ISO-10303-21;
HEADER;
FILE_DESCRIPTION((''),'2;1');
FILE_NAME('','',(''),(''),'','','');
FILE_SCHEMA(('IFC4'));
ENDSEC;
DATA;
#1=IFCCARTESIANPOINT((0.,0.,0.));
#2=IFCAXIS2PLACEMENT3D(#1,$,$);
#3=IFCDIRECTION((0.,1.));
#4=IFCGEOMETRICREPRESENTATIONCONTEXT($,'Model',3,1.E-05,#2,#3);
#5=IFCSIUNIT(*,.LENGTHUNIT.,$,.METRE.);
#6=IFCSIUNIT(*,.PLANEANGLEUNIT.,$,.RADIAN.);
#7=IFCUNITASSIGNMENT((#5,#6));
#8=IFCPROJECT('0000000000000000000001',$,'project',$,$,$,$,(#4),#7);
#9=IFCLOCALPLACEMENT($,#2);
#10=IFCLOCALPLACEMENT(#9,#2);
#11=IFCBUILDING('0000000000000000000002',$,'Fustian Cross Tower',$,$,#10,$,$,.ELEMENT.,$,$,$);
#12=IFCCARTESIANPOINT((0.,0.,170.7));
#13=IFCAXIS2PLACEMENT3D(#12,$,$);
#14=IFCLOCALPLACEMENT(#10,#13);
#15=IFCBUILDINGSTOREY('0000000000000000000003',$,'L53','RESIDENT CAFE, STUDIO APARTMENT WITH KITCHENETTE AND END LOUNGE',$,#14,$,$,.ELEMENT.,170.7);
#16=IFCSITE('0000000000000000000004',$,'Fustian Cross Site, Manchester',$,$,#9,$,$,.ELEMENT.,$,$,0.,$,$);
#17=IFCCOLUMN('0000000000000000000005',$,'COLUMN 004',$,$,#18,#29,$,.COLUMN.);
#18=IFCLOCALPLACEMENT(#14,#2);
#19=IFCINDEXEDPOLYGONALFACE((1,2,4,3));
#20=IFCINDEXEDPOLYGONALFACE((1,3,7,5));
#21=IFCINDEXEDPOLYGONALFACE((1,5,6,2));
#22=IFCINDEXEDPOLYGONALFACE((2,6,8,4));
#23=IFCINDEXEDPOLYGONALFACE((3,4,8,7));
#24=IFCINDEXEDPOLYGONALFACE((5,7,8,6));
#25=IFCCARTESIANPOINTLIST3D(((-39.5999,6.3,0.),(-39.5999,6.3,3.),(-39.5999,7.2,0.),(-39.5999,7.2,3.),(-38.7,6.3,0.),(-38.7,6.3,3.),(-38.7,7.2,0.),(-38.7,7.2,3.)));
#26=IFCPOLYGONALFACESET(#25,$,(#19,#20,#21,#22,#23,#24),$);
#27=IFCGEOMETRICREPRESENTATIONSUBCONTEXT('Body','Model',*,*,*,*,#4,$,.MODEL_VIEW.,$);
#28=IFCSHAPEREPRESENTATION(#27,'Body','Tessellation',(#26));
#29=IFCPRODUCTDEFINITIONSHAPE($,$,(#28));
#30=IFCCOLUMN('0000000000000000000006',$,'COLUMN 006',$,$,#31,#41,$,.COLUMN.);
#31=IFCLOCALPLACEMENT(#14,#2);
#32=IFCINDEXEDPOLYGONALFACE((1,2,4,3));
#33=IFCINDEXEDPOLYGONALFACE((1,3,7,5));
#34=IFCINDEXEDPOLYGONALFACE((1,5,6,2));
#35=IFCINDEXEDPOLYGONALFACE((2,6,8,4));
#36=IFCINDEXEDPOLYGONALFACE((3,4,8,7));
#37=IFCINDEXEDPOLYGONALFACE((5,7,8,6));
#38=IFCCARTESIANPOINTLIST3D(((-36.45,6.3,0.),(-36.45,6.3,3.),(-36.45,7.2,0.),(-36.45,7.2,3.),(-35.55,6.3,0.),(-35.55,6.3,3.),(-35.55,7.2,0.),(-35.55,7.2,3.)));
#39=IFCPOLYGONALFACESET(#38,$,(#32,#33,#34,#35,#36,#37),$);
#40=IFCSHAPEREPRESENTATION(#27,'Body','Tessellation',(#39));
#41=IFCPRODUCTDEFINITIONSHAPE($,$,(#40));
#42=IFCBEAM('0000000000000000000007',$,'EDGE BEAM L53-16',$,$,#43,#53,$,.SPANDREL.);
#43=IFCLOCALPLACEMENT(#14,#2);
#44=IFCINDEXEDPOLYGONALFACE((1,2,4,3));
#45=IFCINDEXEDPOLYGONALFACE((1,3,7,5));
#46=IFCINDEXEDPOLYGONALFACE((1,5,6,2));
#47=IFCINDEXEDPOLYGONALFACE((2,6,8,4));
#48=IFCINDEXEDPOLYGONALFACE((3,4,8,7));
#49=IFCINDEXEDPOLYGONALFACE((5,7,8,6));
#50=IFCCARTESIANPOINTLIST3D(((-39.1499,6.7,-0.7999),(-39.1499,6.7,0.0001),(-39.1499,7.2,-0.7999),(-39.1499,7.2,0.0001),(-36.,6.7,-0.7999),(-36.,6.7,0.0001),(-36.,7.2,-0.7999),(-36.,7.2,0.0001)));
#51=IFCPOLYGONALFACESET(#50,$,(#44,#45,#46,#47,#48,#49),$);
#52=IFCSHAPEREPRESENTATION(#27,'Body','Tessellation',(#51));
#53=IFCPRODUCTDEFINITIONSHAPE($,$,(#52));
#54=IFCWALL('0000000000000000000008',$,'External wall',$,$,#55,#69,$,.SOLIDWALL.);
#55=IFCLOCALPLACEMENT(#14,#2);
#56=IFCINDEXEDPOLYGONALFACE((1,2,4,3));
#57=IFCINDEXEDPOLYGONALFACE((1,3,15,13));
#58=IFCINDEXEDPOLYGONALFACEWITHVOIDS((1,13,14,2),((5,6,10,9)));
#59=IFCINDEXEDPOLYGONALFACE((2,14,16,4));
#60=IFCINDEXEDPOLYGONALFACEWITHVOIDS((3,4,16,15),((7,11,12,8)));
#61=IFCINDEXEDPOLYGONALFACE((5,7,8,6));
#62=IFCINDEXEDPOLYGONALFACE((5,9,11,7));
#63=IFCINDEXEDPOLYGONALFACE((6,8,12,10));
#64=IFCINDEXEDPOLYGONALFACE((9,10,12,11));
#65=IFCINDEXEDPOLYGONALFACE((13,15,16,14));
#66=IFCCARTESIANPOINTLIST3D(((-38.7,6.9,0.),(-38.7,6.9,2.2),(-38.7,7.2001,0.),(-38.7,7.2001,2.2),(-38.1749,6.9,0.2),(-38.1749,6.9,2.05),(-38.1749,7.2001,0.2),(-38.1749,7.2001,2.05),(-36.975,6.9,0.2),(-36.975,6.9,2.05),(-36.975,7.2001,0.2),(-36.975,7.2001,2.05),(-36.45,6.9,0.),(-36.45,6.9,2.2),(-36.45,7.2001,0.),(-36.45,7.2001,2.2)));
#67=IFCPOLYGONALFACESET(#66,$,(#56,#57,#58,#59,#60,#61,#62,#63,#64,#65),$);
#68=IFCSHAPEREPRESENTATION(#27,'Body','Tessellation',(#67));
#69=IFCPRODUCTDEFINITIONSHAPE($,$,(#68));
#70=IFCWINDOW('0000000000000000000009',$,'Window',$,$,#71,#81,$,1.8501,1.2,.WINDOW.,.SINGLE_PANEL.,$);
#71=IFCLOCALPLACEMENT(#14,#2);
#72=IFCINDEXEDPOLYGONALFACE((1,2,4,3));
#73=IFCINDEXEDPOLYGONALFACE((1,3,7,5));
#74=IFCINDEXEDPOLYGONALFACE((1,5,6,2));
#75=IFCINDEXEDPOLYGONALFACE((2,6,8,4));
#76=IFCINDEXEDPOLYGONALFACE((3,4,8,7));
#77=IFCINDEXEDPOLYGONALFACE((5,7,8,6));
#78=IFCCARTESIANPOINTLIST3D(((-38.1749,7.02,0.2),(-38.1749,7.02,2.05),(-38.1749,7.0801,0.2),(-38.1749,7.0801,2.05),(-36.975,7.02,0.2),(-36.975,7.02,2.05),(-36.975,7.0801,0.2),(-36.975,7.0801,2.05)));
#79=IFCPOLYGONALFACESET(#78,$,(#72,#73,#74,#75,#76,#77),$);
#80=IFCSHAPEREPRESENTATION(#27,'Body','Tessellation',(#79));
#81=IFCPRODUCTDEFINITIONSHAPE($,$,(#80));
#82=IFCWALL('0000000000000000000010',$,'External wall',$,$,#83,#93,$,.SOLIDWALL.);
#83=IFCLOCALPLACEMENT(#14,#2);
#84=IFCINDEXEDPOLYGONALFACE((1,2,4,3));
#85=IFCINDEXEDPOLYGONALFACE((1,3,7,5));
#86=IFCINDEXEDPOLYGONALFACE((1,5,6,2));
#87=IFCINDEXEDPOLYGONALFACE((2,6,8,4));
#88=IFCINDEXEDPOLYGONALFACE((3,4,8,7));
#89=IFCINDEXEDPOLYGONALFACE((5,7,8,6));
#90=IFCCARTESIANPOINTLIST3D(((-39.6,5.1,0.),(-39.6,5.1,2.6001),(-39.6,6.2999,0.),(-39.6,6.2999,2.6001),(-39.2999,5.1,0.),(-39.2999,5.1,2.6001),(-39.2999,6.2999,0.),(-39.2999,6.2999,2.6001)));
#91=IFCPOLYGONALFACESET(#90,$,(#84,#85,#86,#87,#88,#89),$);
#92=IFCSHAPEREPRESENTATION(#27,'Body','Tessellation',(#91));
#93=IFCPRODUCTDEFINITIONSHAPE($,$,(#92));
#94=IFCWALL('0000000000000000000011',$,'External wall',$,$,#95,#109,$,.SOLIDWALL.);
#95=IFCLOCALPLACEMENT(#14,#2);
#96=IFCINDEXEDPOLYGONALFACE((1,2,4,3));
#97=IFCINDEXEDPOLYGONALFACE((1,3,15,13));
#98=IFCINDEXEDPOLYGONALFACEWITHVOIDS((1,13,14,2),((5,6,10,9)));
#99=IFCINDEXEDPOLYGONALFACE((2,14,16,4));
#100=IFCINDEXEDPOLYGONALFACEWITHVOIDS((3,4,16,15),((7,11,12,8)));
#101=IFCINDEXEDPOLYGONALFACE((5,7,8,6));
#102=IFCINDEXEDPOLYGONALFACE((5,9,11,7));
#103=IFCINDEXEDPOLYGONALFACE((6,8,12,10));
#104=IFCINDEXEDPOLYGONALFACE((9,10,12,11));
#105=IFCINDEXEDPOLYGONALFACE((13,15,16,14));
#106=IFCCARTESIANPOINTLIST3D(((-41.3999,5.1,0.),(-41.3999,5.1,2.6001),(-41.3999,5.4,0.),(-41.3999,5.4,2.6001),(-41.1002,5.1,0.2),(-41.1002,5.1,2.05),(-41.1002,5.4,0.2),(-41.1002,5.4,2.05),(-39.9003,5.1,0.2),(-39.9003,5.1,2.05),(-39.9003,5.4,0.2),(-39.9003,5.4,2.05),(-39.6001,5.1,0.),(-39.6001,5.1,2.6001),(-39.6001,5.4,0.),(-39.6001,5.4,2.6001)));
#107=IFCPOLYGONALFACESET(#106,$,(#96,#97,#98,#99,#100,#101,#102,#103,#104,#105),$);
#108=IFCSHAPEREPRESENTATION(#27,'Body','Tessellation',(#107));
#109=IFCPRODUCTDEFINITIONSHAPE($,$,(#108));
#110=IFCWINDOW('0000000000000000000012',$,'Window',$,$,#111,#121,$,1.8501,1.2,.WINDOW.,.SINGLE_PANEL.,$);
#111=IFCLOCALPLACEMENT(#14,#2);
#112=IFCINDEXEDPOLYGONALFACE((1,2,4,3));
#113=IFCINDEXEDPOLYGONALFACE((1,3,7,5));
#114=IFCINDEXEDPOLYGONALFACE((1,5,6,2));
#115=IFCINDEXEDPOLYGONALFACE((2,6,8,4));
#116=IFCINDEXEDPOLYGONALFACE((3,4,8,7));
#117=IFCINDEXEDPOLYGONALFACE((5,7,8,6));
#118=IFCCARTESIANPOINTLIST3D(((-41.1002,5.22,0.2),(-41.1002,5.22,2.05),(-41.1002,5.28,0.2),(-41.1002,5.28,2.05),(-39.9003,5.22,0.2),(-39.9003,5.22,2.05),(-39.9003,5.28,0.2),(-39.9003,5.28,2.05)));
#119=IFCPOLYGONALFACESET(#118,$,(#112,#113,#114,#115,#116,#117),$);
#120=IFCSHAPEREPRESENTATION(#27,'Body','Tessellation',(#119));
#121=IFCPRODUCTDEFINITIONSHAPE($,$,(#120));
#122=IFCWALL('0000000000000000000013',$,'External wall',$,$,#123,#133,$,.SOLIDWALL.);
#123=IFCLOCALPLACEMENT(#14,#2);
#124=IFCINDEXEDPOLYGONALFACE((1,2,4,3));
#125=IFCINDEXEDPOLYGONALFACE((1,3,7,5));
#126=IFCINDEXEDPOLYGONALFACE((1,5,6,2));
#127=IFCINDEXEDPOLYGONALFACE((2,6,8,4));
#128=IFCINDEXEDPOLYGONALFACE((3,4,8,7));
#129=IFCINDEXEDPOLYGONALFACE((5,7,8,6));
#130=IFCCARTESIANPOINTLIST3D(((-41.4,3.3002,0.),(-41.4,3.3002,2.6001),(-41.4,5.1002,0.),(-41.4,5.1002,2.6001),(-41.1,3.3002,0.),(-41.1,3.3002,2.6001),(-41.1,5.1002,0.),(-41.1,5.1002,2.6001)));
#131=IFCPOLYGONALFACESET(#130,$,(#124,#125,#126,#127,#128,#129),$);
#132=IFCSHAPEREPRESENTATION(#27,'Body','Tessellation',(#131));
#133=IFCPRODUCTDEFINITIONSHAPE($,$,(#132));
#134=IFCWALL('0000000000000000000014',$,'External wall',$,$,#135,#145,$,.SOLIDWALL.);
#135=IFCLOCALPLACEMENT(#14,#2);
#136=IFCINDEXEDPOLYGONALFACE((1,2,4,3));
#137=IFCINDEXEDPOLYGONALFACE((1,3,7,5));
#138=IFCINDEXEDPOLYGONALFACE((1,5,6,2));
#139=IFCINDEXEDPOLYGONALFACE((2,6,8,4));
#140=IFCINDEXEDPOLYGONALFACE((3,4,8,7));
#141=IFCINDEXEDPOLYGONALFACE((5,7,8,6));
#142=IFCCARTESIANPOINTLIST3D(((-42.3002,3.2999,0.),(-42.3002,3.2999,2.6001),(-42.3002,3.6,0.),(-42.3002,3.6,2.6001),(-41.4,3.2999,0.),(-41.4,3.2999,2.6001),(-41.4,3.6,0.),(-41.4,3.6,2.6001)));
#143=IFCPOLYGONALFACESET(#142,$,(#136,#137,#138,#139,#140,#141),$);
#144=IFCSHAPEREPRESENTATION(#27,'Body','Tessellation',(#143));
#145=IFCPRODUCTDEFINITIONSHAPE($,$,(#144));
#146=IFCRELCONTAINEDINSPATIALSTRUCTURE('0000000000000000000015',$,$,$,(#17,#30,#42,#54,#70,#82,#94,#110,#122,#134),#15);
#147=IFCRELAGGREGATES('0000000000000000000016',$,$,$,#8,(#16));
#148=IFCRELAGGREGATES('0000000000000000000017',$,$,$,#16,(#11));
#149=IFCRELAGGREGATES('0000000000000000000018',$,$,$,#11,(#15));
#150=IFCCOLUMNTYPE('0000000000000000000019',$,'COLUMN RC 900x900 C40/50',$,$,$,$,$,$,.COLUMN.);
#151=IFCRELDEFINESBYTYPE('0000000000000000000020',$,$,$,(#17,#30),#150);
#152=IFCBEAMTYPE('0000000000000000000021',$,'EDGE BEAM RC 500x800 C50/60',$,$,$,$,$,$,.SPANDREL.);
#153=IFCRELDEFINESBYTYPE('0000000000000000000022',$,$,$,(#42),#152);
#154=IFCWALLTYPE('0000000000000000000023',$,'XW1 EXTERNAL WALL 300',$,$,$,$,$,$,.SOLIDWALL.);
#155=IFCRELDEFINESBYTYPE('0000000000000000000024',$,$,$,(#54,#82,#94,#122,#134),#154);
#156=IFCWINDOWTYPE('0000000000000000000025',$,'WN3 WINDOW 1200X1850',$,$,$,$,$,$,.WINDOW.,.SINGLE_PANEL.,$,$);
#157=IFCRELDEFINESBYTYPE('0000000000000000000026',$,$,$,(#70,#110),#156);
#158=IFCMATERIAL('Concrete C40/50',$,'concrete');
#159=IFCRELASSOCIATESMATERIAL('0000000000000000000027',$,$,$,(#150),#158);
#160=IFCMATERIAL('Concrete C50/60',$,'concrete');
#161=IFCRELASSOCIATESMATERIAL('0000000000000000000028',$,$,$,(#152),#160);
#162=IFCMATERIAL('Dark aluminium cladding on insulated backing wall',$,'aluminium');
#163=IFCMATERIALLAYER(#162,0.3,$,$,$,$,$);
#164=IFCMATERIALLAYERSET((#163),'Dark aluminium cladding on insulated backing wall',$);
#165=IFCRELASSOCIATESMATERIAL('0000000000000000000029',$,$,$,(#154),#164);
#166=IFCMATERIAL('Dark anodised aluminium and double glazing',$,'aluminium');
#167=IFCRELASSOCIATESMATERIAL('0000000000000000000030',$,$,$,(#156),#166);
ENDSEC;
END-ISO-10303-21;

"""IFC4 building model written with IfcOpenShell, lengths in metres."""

from ifc_helpers import new_model, si_unit, direction, frame, frame_2d, origin, origin_2d, place, context, subcontext, project, spatial, rectangle, extrude, material, layer, layer_set, material_profile, profile_set, type_object, element, fill, save


model = new_model("IFC4")

# Units and contexts
model_context = context("Model", 3, precision=1e-05, world=origin(), true_north=direction((0.0, 1.0)))
body_context = subcontext(model_context, "Body", "Model", "MODEL_VIEW")
ifc_project = project(units=[si_unit("LENGTHUNIT", "METRE"), si_unit("PLANEANGLEUNIT", "RADIAN")], contexts=[model_context])

# Site, building, storey
site_placement = place(None, origin())
site = spatial("IfcSite", under=ifc_project, at=site_placement, Name="Fustian Cross Site, Manchester", CompositionType="ELEMENT", RefElevation=0.0)
building_placement = place(site_placement, origin())
building = spatial("IfcBuilding", under=site, at=building_placement, Name="Fustian Cross Tower", CompositionType="ELEMENT")
storey_placement = place(building_placement, frame((0.0, 0.0, 170.7)))
storey = spatial("IfcBuildingStorey", under=building, at=storey_placement, Name="L53", Description="RESIDENT CAFE, STUDIO APARTMENT WITH KITCHENETTE AND END LOUNGE", CompositionType="ELEMENT", Elevation=170.7)

# Columns
ifc_material_1 = material(Name="Concrete C40/50", Category="concrete")
ifc_material_profile_1 = material_profile(ifc_material_1, rectangle(XDim=0.8999, YDim=0.8999, at=origin_2d()), Name="RC 900x900")
ifc_profile_set_1 = profile_set([ifc_material_profile_1], Name="Concrete C40/50")
column_type = type_object("IfcColumnType", Name="COLUMN RC 900x900 C40/50", PredefinedType="COLUMN", material=ifc_profile_set_1)
for number, where, z_axis, x_axis, name in (
    (1, (-39.1499, 6.75, 0.0), (0.0, 0.0, 1.0), (1.0, 0.0, 0.0), "COLUMN 004"),
    (2, (-36.0, 6.75, 0.0), (0.0, 0.0, 1.0), (1.0, 0.0, 0.0), "COLUMN 006"),
):
    element("IfcColumn", number, at=place(storey_placement, frame(where, z_axis=z_axis, x_axis=x_axis)), inside=storey, type_object=column_type, Name=name, PredefinedType="COLUMN", context=body_context, shape_type="SweptSolid", body=[
        extrude(rectangle(XDim=0.8999, YDim=0.8999, at=origin_2d()), origin(), (0.0, 0.0, 1.0), 3.0),
    ])

# Beam
ifc_material_2 = material(Name="Concrete C50/60", Category="concrete")
ifc_material_profile_2 = material_profile(ifc_material_2, rectangle(XDim=0.5, YDim=0.8, at=origin_2d()), Name="RC 500x800")
ifc_profile_set_2 = profile_set([ifc_material_profile_2], Name="Concrete C50/60")
beam_type = type_object("IfcBeamType", Name="EDGE BEAM RC 500x800 C50/60", PredefinedType="SPANDREL", material=ifc_profile_set_2)
beam_placement = place(storey_placement, frame((-36.0, 6.95, -0.3999), z_axis=(-1.0, 0.0, 0.0), x_axis=(0.0, -1.0, 0.0)))
element("IfcBeam", 3, at=beam_placement, inside=storey, type_object=beam_type, Name="EDGE BEAM L53-16", PredefinedType="SPANDREL", context=body_context, shape_type="SweptSolid", body=[
    extrude(rectangle(XDim=0.5, YDim=0.8, at=origin_2d()), origin(), (0.0, 0.0, 1.0), 3.1499),
])

# Wall, opening, window
ifc_material_3 = material(Name="Dark aluminium cladding on insulated backing wall", Category="aluminium")
ifc_layer = layer(ifc_material_3, 0.3)
ifc_layer_set = layer_set([ifc_layer], Name="Dark aluminium cladding on insulated backing wall")
wall_type = type_object("IfcWallType", Name="XW1 EXTERNAL WALL 300", PredefinedType="SOLIDWALL", material=ifc_layer_set)
wall_1_placement = place(storey_placement, frame((-36.45, 7.05, 0.0), z_axis=(0.0, 0.0, 1.0), x_axis=(-1.0, 0.0, 0.0)))
wall_1 = element("IfcWall", 4, at=wall_1_placement, inside=storey, type_object=wall_type, Name="External wall", PredefinedType="SOLIDWALL", context=body_context, shape_type="SweptSolid", body=[
    extrude(rectangle(XDim=2.25, YDim=0.3, at=frame_2d((1.125, 0.0))), origin(), (0.0, 0.0, 1.0), 2.2),
])
opening_1_placement = place(wall_1_placement, frame((0.5249, 0.0, 0.2)))
opening_1 = element("IfcOpeningElement", 5, at=opening_1_placement, cuts=wall_1, PredefinedType="OPENING", context=body_context, shape_type="SweptSolid", body=[
    extrude(rectangle(XDim=1.2, YDim=1.8501, at=frame_2d((0.6001, 0.925))), frame((0.0, 0.1599, 0.0), z_axis=(0.0, -1.0, 0.0), x_axis=(1.0, 0.0, 0.0)), (0.0, 0.0, 1.0), 0.3201),
])
ifc_material_4 = material(Name="Dark anodised aluminium and double glazing", Category="aluminium")
window_type = type_object("IfcWindowType", Name="WN3 WINDOW 1200X1850", PartitioningType="SINGLE_PANEL", PredefinedType="WINDOW", material=ifc_material_4)
window_1_placement = place(opening_1_placement, origin())
window_1 = element("IfcWindow", 6, at=window_1_placement, inside=storey, type_object=window_type, Name="Window", OverallHeight=1.8501, OverallWidth=1.2, PartitioningType="SINGLE_PANEL", PredefinedType="WINDOW", context=body_context, shape_type="SweptSolid", body=[
    extrude(rectangle(XDim=1.2, YDim=1.8501, at=frame_2d((0.6001, 0.925))), frame((0.0, 0.03, 0.0), z_axis=(0.0, -1.0, 0.0), x_axis=(1.0, 0.0, 0.0)), (0.0, 0.0, 1.0), 0.0601),
])
fill(opening_1, window_1)

# Wall
wall_2_placement = place(storey_placement, frame((-39.45, 6.3, 0.0), z_axis=(0.0, 0.0, 1.0), x_axis=(0.0, -1.0, 0.0)))
element("IfcWall", 7, at=wall_2_placement, inside=storey, type_object=wall_type, Name="External wall", PredefinedType="SOLIDWALL", context=body_context, shape_type="SweptSolid", body=[
    extrude(rectangle(XDim=1.2, YDim=0.3, at=frame_2d((0.6001, 0.0))), origin(), (0.0, 0.0, 1.0), 2.6001),
])

# Wall, opening, window
wall_3_placement = place(storey_placement, frame((-39.6001, 5.25, 0.0), z_axis=(0.0, 0.0, 1.0), x_axis=(-1.0, 0.0, 0.0)))
wall_3 = element("IfcWall", 8, at=wall_3_placement, inside=storey, type_object=wall_type, Name="External wall", PredefinedType="SOLIDWALL", context=body_context, shape_type="SweptSolid", body=[
    extrude(rectangle(XDim=1.7998, YDim=0.3, at=frame_2d((0.8999, 0.0))), origin(), (0.0, 0.0, 1.0), 2.6001),
])
opening_2_placement = place(wall_3_placement, frame((0.3, 0.0, 0.2)))
opening_2 = element("IfcOpeningElement", 9, at=opening_2_placement, cuts=wall_3, PredefinedType="OPENING", context=body_context, shape_type="SweptSolid", body=[
    extrude(rectangle(XDim=1.2, YDim=1.8501, at=frame_2d((0.6001, 0.925))), frame((0.0, 0.1599, 0.0), z_axis=(0.0, -1.0, 0.0), x_axis=(1.0, 0.0, 0.0)), (0.0, 0.0, 1.0), 0.3201),
])
window_2_placement = place(opening_2_placement, origin())
window_2 = element("IfcWindow", 10, at=window_2_placement, inside=storey, type_object=window_type, Name="Window", OverallHeight=1.8501, OverallWidth=1.2, PartitioningType="SINGLE_PANEL", PredefinedType="WINDOW", context=body_context, shape_type="SweptSolid", body=[
    extrude(rectangle(XDim=1.2, YDim=1.8501, at=frame_2d((0.6001, 0.925))), frame((0.0, 0.03, 0.0), z_axis=(0.0, -1.0, 0.0), x_axis=(1.0, 0.0, 0.0)), (0.0, 0.0, 1.0), 0.0601),
])
fill(opening_2, window_2)

# Walls
wall_4_placement = place(storey_placement, frame((-41.25, 5.1001, 0.0), z_axis=(0.0, 0.0, 1.0), x_axis=(0.0, -1.0, 0.0)))
element("IfcWall", 11, at=wall_4_placement, inside=storey, type_object=wall_type, Name="External wall", PredefinedType="SOLIDWALL", context=body_context, shape_type="SweptSolid", body=[
    extrude(rectangle(XDim=1.8, YDim=0.3, at=frame_2d((0.8999, 0.0))), origin(), (0.0, 0.0, 1.0), 2.6001),
])
wall_5_placement = place(storey_placement, frame((-41.3999, 3.45, 0.0), z_axis=(0.0, 0.0, 1.0), x_axis=(-1.0, 0.0, 0.0)))
element("IfcWall", 12, at=wall_5_placement, inside=storey, type_object=wall_type, Name="External wall", PredefinedType="SOLIDWALL", context=body_context, shape_type="SweptSolid", body=[
    extrude(rectangle(XDim=0.9001, YDim=0.3, at=frame_2d((0.4502, 0.0))), origin(), (0.0, 0.0, 1.0), 2.6001),
])

save(model, "model.ifc")
